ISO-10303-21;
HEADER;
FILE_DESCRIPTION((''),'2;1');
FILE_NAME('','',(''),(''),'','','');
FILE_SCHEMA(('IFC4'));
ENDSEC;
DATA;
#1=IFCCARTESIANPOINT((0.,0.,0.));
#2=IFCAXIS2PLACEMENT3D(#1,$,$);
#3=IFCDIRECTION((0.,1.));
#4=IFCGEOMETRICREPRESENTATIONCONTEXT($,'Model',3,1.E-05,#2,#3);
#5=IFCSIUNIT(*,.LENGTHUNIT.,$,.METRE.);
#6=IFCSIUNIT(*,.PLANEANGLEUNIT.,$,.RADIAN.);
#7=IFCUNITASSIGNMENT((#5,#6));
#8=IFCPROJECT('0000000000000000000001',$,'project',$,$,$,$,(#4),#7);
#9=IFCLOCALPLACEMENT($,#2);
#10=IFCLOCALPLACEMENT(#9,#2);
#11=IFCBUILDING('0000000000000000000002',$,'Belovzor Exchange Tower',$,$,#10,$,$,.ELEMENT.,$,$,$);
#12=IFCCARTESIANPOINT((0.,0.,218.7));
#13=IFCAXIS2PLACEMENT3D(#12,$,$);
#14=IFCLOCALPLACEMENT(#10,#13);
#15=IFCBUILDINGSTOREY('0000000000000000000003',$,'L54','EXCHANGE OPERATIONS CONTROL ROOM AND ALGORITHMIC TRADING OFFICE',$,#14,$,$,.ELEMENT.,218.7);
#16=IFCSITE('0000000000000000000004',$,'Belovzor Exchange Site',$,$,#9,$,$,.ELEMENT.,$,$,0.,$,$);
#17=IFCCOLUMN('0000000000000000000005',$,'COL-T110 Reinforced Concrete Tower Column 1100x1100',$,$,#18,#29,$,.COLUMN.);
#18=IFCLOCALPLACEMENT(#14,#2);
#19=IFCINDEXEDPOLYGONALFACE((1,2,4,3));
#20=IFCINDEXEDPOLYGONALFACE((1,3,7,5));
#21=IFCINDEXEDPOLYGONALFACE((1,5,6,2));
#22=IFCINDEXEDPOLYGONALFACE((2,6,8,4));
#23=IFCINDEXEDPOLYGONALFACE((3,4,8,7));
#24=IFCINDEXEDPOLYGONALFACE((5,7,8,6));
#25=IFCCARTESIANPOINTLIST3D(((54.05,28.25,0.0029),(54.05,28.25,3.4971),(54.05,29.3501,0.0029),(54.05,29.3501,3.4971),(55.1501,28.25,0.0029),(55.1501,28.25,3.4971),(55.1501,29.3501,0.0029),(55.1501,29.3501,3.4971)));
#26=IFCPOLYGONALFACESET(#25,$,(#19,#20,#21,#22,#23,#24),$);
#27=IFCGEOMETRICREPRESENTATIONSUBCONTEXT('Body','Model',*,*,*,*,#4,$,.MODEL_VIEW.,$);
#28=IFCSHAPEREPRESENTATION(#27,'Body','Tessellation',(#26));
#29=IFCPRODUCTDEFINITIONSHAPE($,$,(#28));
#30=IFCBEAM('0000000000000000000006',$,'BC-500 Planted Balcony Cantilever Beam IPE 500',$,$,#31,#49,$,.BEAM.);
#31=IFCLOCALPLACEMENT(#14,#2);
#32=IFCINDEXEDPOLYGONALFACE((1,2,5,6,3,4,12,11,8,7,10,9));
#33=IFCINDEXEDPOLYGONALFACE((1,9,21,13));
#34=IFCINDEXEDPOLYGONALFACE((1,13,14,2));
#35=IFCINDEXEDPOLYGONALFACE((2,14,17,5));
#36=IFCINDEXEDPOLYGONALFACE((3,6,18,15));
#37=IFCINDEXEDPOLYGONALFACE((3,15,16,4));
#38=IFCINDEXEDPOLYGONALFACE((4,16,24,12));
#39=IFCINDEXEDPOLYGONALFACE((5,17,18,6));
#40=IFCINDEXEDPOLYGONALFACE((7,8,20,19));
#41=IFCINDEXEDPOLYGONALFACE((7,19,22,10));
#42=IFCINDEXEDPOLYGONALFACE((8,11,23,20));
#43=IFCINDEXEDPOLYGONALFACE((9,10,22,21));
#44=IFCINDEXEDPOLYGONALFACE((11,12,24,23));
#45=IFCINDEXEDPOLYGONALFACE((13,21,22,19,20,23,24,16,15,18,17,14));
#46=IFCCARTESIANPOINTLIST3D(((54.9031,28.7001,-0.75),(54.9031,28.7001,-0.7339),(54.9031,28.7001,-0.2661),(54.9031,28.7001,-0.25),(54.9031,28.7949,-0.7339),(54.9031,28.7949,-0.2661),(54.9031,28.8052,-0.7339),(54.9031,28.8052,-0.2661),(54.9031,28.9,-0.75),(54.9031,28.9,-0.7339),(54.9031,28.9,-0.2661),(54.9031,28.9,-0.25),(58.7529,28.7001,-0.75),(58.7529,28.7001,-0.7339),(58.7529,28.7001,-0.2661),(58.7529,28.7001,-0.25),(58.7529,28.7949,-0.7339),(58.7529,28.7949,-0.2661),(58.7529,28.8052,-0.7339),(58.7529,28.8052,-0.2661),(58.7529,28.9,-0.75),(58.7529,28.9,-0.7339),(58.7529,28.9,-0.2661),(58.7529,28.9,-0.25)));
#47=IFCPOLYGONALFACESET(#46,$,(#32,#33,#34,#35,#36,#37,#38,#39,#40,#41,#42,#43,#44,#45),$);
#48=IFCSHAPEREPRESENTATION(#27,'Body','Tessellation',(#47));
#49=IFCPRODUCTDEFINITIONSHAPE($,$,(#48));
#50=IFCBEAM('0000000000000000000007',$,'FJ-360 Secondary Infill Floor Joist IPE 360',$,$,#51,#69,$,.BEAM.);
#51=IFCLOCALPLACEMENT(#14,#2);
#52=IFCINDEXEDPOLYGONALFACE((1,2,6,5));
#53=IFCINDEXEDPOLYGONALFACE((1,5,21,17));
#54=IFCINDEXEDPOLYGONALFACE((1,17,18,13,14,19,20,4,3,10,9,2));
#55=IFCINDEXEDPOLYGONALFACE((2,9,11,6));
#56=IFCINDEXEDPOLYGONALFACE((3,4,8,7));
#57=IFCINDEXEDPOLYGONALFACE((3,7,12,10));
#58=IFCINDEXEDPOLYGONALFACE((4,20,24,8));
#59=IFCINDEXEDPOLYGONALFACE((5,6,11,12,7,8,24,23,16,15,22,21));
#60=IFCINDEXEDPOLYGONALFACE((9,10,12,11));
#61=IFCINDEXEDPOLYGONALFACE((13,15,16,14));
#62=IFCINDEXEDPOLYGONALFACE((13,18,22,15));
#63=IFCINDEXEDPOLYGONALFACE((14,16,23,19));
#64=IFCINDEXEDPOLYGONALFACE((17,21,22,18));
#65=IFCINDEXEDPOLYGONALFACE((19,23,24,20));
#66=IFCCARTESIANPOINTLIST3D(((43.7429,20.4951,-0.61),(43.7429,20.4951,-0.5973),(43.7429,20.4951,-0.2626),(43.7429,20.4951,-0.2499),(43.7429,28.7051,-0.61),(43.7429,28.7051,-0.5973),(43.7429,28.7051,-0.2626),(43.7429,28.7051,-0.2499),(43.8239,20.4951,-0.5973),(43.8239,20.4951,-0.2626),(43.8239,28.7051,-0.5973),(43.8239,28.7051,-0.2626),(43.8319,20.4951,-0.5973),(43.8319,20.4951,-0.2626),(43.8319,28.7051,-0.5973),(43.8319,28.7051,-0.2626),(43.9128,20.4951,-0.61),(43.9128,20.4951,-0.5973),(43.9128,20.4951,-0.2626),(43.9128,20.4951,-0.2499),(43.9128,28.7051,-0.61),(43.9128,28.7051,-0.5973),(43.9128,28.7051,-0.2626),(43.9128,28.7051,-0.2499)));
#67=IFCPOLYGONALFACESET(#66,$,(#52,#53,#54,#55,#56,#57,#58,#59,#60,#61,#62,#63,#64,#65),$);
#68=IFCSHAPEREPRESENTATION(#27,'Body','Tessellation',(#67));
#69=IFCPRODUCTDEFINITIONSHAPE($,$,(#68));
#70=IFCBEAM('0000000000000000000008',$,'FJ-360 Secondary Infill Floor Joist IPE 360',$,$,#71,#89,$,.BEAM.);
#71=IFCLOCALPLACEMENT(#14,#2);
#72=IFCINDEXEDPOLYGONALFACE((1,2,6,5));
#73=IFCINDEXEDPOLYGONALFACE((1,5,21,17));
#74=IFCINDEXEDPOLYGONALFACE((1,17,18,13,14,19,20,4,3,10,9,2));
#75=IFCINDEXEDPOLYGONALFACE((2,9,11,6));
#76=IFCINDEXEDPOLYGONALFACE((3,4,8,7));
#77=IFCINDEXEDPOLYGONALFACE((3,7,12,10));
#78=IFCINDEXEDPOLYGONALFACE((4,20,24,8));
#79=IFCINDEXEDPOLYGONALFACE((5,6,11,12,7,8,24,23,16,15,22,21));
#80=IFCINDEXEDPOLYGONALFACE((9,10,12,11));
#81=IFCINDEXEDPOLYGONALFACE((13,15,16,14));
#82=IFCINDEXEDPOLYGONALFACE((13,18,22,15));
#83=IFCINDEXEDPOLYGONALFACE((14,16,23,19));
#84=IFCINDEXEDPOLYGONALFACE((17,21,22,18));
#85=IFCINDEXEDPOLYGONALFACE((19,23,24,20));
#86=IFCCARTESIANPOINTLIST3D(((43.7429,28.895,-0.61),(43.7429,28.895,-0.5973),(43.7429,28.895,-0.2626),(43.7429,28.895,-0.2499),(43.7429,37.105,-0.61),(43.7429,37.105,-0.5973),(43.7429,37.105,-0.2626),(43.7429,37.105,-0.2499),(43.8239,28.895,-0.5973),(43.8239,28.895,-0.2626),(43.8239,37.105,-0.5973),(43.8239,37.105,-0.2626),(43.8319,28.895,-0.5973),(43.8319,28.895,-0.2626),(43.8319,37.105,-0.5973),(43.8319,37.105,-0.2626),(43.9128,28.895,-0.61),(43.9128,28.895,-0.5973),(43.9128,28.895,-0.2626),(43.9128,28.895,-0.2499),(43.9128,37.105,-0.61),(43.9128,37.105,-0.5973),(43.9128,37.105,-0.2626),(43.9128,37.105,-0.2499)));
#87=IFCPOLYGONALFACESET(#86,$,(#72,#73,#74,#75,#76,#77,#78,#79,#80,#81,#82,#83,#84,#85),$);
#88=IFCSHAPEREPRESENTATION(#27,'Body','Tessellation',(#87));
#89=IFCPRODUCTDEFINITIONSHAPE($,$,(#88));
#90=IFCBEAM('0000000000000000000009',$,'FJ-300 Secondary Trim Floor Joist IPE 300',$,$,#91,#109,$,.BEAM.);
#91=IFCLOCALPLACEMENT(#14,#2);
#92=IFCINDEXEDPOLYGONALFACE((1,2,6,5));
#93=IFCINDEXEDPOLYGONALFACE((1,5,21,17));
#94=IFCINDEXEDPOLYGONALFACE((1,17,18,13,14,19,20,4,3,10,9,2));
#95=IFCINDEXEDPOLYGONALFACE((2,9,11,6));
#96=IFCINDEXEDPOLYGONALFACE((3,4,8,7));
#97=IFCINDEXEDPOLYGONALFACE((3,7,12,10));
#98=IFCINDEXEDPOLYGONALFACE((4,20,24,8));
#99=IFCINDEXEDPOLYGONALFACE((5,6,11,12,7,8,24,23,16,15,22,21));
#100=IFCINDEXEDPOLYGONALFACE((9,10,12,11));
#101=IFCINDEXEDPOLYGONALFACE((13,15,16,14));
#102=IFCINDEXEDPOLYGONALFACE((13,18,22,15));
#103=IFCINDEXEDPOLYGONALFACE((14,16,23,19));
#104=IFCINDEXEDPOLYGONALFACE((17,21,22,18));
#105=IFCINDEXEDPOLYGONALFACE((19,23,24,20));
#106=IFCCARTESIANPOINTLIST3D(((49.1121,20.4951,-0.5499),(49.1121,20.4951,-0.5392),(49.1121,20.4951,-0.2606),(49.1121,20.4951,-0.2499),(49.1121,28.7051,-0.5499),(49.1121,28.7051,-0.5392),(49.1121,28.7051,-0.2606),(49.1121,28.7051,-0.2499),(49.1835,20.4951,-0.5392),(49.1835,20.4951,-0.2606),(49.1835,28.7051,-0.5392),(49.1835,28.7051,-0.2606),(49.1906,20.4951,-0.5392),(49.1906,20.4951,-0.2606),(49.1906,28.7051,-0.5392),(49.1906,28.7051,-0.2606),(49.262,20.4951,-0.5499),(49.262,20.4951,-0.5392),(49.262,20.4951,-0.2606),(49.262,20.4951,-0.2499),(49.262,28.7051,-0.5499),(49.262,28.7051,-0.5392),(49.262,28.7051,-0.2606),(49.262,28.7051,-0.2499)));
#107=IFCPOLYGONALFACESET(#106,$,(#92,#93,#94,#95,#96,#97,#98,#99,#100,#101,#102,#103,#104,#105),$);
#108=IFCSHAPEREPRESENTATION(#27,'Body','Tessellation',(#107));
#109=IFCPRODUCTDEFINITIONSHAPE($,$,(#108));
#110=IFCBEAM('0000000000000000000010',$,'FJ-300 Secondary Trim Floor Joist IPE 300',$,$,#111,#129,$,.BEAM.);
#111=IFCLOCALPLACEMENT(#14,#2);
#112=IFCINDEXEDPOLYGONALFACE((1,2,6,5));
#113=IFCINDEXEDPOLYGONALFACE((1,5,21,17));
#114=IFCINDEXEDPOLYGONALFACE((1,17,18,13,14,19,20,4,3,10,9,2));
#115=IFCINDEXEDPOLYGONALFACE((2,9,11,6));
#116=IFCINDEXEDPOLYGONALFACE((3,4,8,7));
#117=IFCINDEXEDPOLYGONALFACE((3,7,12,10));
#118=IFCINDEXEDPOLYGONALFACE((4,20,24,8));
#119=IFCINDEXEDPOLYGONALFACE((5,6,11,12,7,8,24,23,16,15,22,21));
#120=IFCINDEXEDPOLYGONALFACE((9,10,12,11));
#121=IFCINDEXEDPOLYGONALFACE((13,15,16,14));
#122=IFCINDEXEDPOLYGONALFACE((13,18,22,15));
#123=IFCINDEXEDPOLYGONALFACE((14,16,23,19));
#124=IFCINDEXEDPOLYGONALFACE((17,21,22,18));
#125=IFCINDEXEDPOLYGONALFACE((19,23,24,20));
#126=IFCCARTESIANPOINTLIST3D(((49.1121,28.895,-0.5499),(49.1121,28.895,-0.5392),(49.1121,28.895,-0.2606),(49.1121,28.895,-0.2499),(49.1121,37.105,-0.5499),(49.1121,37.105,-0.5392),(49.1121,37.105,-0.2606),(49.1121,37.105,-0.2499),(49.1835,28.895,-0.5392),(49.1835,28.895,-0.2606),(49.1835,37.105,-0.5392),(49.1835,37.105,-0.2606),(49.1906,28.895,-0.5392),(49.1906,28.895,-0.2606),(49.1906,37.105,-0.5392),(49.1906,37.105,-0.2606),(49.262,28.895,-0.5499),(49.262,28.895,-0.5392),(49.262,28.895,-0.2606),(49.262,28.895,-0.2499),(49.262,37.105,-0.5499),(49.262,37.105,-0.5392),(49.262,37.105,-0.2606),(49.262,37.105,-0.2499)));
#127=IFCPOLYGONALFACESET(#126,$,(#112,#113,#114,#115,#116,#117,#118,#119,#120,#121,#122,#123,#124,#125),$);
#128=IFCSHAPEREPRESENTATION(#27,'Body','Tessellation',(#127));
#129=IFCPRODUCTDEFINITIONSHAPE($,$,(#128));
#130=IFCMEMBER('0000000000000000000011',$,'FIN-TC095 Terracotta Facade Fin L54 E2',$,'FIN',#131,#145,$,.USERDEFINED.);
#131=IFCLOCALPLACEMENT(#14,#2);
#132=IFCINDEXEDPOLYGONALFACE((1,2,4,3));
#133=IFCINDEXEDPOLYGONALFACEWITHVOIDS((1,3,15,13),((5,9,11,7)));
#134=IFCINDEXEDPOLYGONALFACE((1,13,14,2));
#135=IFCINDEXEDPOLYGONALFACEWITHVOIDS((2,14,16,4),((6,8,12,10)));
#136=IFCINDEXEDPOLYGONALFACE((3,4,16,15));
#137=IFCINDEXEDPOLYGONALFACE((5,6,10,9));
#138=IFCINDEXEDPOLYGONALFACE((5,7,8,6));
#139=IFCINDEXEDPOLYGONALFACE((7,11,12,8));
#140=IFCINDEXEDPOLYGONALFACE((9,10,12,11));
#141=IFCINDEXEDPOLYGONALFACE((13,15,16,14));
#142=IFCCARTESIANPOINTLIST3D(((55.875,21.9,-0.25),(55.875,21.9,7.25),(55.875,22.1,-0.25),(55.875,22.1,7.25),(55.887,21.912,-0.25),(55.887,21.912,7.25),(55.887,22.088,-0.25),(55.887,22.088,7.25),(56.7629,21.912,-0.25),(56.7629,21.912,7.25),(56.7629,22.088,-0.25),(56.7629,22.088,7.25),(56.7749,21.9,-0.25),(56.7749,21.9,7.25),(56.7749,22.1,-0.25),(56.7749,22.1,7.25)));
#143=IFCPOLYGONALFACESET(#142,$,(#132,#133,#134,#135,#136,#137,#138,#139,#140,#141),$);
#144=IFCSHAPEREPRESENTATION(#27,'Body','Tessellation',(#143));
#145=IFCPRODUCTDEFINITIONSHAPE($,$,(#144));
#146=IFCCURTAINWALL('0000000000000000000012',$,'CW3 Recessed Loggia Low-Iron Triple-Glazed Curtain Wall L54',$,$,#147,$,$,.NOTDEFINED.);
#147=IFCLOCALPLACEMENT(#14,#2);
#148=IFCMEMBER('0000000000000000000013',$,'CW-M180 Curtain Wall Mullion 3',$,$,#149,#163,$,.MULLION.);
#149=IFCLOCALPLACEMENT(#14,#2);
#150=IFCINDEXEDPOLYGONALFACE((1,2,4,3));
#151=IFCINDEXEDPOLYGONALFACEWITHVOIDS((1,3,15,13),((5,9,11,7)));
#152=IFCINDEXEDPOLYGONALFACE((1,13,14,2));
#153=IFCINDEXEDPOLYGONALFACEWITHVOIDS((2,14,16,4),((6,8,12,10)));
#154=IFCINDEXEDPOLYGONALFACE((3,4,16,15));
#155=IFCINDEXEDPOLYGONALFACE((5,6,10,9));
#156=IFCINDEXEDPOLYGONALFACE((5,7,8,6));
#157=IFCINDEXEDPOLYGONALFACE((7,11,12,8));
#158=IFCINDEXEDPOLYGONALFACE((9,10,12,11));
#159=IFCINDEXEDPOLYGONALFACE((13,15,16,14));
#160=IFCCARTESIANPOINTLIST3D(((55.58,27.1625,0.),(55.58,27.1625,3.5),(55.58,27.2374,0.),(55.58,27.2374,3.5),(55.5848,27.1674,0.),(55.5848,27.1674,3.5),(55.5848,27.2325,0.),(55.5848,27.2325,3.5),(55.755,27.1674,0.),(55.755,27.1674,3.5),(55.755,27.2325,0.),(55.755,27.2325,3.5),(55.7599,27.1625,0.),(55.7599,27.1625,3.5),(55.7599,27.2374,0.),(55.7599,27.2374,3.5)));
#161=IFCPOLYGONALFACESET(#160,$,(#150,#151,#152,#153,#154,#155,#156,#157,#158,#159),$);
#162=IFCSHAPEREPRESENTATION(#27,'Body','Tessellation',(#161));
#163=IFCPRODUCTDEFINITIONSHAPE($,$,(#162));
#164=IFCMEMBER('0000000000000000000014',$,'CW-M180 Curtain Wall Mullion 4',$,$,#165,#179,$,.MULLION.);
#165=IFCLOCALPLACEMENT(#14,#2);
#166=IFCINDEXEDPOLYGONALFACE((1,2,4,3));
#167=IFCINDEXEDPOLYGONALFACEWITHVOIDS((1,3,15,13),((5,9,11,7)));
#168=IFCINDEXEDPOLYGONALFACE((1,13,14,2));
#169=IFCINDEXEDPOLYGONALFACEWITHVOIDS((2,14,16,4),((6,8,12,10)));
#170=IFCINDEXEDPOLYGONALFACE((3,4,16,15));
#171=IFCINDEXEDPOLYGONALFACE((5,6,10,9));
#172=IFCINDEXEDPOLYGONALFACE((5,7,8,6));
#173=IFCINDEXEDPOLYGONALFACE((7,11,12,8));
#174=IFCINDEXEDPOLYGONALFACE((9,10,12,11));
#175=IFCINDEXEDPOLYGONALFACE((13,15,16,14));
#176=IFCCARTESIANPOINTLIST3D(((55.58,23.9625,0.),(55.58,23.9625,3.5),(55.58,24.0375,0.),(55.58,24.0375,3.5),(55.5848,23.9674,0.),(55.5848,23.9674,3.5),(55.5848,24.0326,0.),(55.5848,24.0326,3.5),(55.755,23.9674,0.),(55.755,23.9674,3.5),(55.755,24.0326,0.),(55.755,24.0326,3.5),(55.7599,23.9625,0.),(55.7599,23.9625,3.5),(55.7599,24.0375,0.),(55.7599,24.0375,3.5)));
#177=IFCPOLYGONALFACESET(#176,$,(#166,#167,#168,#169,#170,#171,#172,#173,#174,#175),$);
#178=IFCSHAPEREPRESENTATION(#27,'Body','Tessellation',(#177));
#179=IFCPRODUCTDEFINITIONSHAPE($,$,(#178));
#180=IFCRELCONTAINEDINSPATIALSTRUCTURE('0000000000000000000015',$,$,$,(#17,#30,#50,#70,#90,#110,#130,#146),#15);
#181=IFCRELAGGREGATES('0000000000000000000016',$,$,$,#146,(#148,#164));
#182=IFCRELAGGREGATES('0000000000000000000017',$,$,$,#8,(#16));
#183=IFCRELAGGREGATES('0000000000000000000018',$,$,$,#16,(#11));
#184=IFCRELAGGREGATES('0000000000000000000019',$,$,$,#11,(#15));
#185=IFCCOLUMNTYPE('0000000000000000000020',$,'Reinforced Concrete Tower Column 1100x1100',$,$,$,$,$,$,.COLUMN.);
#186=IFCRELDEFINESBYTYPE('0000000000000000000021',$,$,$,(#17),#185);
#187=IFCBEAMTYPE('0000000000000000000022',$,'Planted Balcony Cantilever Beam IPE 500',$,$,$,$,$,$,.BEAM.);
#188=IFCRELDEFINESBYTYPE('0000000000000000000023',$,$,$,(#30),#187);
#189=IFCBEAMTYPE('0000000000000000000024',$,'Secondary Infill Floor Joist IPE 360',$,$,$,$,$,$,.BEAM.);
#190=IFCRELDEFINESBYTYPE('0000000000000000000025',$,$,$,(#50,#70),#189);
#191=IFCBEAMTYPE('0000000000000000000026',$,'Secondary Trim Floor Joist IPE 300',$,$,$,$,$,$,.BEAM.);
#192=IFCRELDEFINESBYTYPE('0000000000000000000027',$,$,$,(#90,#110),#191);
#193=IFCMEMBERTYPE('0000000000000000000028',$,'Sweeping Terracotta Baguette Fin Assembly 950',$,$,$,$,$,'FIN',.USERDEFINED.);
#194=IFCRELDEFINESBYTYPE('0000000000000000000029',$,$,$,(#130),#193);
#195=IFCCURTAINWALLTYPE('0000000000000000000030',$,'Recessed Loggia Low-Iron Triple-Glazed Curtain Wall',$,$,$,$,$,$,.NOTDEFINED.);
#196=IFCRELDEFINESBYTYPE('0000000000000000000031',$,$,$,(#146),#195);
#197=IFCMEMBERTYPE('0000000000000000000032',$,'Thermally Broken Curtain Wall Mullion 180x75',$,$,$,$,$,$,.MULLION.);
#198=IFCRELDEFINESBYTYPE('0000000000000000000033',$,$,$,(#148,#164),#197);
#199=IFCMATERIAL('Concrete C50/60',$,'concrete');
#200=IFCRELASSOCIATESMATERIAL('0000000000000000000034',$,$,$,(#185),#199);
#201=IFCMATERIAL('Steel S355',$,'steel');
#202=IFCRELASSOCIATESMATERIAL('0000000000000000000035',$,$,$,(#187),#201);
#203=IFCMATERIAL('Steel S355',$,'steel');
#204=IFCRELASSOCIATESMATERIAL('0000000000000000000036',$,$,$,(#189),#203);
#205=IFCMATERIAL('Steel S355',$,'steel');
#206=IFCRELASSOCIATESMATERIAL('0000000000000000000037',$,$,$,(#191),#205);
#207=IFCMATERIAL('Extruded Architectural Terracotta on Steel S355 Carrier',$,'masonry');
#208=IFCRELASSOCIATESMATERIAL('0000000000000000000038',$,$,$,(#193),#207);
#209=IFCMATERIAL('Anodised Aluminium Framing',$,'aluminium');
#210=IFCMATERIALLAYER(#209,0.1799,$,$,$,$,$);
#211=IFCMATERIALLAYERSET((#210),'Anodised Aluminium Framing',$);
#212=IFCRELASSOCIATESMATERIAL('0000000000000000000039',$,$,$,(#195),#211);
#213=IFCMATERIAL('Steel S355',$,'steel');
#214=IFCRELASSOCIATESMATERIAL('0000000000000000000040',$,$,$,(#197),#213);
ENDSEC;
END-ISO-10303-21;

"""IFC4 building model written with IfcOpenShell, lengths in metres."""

from ifc_helpers import new_model, si_unit, direction, frame, origin, origin_2d, place, context, subcontext, project, spatial, rectangle, hollow_rectangle, i_section, extrude, material, layer, layer_set, material_profile, profile_set, type_object, element, aggregate, save


model = new_model("IFC4")

# Units and contexts
model_context = context("Model", 3, precision=1e-05, world=origin(), true_north=direction((0.0, 1.0)))
body_context = subcontext(model_context, "Body", "Model", "MODEL_VIEW")
ifc_project = project(units=[si_unit("LENGTHUNIT", "METRE"), si_unit("PLANEANGLEUNIT", "RADIAN")], contexts=[model_context])

# Site, building, storey
site_placement = place(None, origin())
site = spatial("IfcSite", under=ifc_project, at=site_placement, Name="Belovzor Exchange Site", CompositionType="ELEMENT", RefElevation=0.0)
building_placement = place(site_placement, origin())
building = spatial("IfcBuilding", under=site, at=building_placement, Name="Belovzor Exchange Tower", CompositionType="ELEMENT")
storey_placement = place(building_placement, frame((0.0, 0.0, 218.7)))
storey = spatial("IfcBuildingStorey", under=building, at=storey_placement, Name="L54", Description="EXCHANGE OPERATIONS CONTROL ROOM AND ALGORITHMIC TRADING OFFICE", CompositionType="ELEMENT", Elevation=218.7)

# Column
ifc_material_1 = material(Name="Concrete C50/60", Category="concrete")
ifc_material_profile_1 = material_profile(ifc_material_1, rectangle(XDim=1.1001, YDim=1.1001, at=origin_2d()))
ifc_profile_set_1 = profile_set([ifc_material_profile_1], Name="Concrete C50/60")
column_type = type_object("IfcColumnType", Name="Reinforced Concrete Tower Column 1100x1100", PredefinedType="COLUMN", material=ifc_profile_set_1)
column_placement = place(storey_placement, frame((54.6001, 28.8, 0.0029), z_axis=(0.0, 0.0, 1.0), x_axis=(1.0, 0.0, 0.0)))
element("IfcColumn", 1, at=column_placement, inside=storey, type_object=column_type, Name="COL-T110 Reinforced Concrete Tower Column 1100x1100", PredefinedType="COLUMN", context=body_context, shape_type="SweptSolid", body=[
    extrude(rectangle(XDim=1.1001, YDim=1.1001, at=origin_2d()), origin(), (0.0, 0.0, 1.0), 3.4941),
])

# Beams
ifc_material_2 = material(Name="Steel S355", Category="steel")
ifc_material_profile_2 = material_profile(ifc_material_2, i_section(OverallWidth=0.2, OverallDepth=0.5, WebThickness=0.0103, FlangeThickness=0.0161, at=origin_2d()))
ifc_profile_set_2 = profile_set([ifc_material_profile_2], Name="Steel S355")
beam_type_1 = type_object("IfcBeamType", Name="Planted Balcony Cantilever Beam IPE 500", PredefinedType="BEAM", material=ifc_profile_set_2)
beam_placement = place(storey_placement, frame((54.9031, 28.8, -0.5), z_axis=(1.0, 0.0, 0.0), x_axis=(0.0, 1.0, 0.0)))
element("IfcBeam", 2, at=beam_placement, inside=storey, type_object=beam_type_1, Name="BC-500 Planted Balcony Cantilever Beam IPE 500", PredefinedType="BEAM", context=body_context, shape_type="SweptSolid", body=[
    extrude(i_section(OverallWidth=0.2, OverallDepth=0.5, WebThickness=0.0103, FlangeThickness=0.0161, at=origin_2d()), origin(), (0.0, 0.0, 1.0), 3.8499),
])
ifc_material_3 = material(Name="Steel S355", Category="steel")
ifc_material_profile_3 = material_profile(ifc_material_3, i_section(OverallWidth=0.1699, OverallDepth=0.3601, WebThickness=0.0081, FlangeThickness=0.0127, at=origin_2d()))
ifc_profile_set_3 = profile_set([ifc_material_profile_3], Name="Steel S355")
beam_type_2 = type_object("IfcBeamType", Name="Secondary Infill Floor Joist IPE 360", PredefinedType="BEAM", material=ifc_profile_set_3)
for number, where, z_axis, x_axis, name in (
    (3, (43.8279, 20.4951, -0.4299), (0.0, 1.0, 0.0), (-1.0, 0.0, 0.0), "FJ-360 Secondary Infill Floor Joist IPE 360"),
    (4, (43.8279, 28.895, -0.4299), (0.0, 1.0, 0.0), (-1.0, 0.0, 0.0), "FJ-360 Secondary Infill Floor Joist IPE 360"),
):
    element("IfcBeam", number, at=place(storey_placement, frame(where, z_axis=z_axis, x_axis=x_axis)), inside=storey, type_object=beam_type_2, Name=name, PredefinedType="BEAM", context=body_context, shape_type="SweptSolid", body=[
        extrude(i_section(OverallWidth=0.1699, OverallDepth=0.3601, WebThickness=0.0081, FlangeThickness=0.0127, at=origin_2d()), origin(), (0.0, 0.0, 1.0), 8.21),
    ])
ifc_material_4 = material(Name="Steel S355", Category="steel")
ifc_material_profile_4 = material_profile(ifc_material_4, i_section(OverallWidth=0.1499, OverallDepth=0.3, WebThickness=0.0071, FlangeThickness=0.0107, at=origin_2d()))
ifc_profile_set_4 = profile_set([ifc_material_profile_4], Name="Steel S355")
beam_type_3 = type_object("IfcBeamType", Name="Secondary Trim Floor Joist IPE 300", PredefinedType="BEAM", material=ifc_profile_set_4)
for number, where, z_axis, x_axis, name in (
    (5, (49.187, 20.4951, -0.3999), (0.0, 1.0, 0.0), (-1.0, 0.0, 0.0), "FJ-300 Secondary Trim Floor Joist IPE 300"),
    (6, (49.187, 28.895, -0.3999), (0.0, 1.0, 0.0), (-1.0, 0.0, 0.0), "FJ-300 Secondary Trim Floor Joist IPE 300"),
):
    element("IfcBeam", number, at=place(storey_placement, frame(where, z_axis=z_axis, x_axis=x_axis)), inside=storey, type_object=beam_type_3, Name=name, PredefinedType="BEAM", context=body_context, shape_type="SweptSolid", body=[
        extrude(i_section(OverallWidth=0.1499, OverallDepth=0.3, WebThickness=0.0071, FlangeThickness=0.0107, at=origin_2d()), origin(), (0.0, 0.0, 1.0), 8.21),
    ])

# Member
ifc_material_5 = material(Name="Extruded Architectural Terracotta on Steel S355 Carrier", Category="masonry")
ifc_material_profile_5 = material_profile(ifc_material_5, hollow_rectangle(XDim=0.2, YDim=0.8999, WallThickness=0.012, at=origin_2d()))
ifc_profile_set_5 = profile_set([ifc_material_profile_5], Name="Extruded Architectural Terracotta on Steel S355 Carrier")
member_type_1 = type_object("IfcMemberType", Name="Sweeping Terracotta Baguette Fin Assembly 950", ElementType="FIN", PredefinedType="USERDEFINED", material=ifc_profile_set_5)
member_1_placement = place(storey_placement, frame((56.325, 22.0, -0.25), z_axis=(0.0, 0.0, 1.0), x_axis=(0.0, 1.0, 0.0)))
element("IfcMember", 7, at=member_1_placement, inside=storey, type_object=member_type_1, Name="FIN-TC095 Terracotta Facade Fin L54 E2", ObjectType="FIN", PredefinedType="USERDEFINED", context=body_context, shape_type="SweptSolid", body=[
    extrude(hollow_rectangle(XDim=0.2, YDim=0.8999, WallThickness=0.012, at=origin_2d()), origin(), (0.0, 0.0, 1.0), 7.5),
])

# Curtain wall, members
ifc_material_6 = material(Name="Anodised Aluminium Framing", Category="aluminium")
ifc_layer_1 = layer(ifc_material_6, 0.1799)
ifc_layer_set_1 = layer_set([ifc_layer_1], Name="Anodised Aluminium Framing")
curtain_wall_type = type_object("IfcCurtainWallType", Name="Recessed Loggia Low-Iron Triple-Glazed Curtain Wall", PredefinedType="NOTDEFINED", material=ifc_layer_set_1)
curtain_wall_placement = place(storey_placement, origin())
curtain_wall = element("IfcCurtainWall", 8, at=curtain_wall_placement, inside=storey, type_object=curtain_wall_type, Name="CW3 Recessed Loggia Low-Iron Triple-Glazed Curtain Wall L54", PredefinedType="NOTDEFINED")
ifc_material_7 = material(Name="Steel S355", Category="steel")
ifc_material_profile_6 = material_profile(ifc_material_7, hollow_rectangle(XDim=0.075, YDim=0.1799, WallThickness=0.0049, at=origin_2d()))
ifc_profile_set_6 = profile_set([ifc_material_profile_6], Name="Steel S355")
member_type_2 = type_object("IfcMemberType", Name="Thermally Broken Curtain Wall Mullion 180x75", PredefinedType="MULLION", material=ifc_profile_set_6)
member_2_placement = place(storey_placement, frame((55.6699, 27.2, 0.0), z_axis=(0.0, 0.0, 1.0), x_axis=(0.0, -1.0, 0.0)))
member_2 = element("IfcMember", 9, at=member_2_placement, type_object=member_type_2, Name="CW-M180 Curtain Wall Mullion 3", PredefinedType="MULLION", context=body_context, shape_type="SweptSolid", body=[
    extrude(hollow_rectangle(XDim=0.075, YDim=0.1799, WallThickness=0.0049, at=origin_2d()), origin(), (0.0, 0.0, 1.0), 3.5),
])
member_3_placement = place(storey_placement, frame((55.6699, 24.0, 0.0), z_axis=(0.0, 0.0, 1.0), x_axis=(0.0, -1.0, 0.0)))
member_3 = element("IfcMember", 10, at=member_3_placement, type_object=member_type_2, Name="CW-M180 Curtain Wall Mullion 4", PredefinedType="MULLION", context=body_context, shape_type="SweptSolid", body=[
    extrude(hollow_rectangle(XDim=0.075, YDim=0.1799, WallThickness=0.0049, at=origin_2d()), origin(), (0.0, 0.0, 1.0), 3.5),
])
aggregate(curtain_wall, [member_2, member_3])

save(model, "model.ifc")
